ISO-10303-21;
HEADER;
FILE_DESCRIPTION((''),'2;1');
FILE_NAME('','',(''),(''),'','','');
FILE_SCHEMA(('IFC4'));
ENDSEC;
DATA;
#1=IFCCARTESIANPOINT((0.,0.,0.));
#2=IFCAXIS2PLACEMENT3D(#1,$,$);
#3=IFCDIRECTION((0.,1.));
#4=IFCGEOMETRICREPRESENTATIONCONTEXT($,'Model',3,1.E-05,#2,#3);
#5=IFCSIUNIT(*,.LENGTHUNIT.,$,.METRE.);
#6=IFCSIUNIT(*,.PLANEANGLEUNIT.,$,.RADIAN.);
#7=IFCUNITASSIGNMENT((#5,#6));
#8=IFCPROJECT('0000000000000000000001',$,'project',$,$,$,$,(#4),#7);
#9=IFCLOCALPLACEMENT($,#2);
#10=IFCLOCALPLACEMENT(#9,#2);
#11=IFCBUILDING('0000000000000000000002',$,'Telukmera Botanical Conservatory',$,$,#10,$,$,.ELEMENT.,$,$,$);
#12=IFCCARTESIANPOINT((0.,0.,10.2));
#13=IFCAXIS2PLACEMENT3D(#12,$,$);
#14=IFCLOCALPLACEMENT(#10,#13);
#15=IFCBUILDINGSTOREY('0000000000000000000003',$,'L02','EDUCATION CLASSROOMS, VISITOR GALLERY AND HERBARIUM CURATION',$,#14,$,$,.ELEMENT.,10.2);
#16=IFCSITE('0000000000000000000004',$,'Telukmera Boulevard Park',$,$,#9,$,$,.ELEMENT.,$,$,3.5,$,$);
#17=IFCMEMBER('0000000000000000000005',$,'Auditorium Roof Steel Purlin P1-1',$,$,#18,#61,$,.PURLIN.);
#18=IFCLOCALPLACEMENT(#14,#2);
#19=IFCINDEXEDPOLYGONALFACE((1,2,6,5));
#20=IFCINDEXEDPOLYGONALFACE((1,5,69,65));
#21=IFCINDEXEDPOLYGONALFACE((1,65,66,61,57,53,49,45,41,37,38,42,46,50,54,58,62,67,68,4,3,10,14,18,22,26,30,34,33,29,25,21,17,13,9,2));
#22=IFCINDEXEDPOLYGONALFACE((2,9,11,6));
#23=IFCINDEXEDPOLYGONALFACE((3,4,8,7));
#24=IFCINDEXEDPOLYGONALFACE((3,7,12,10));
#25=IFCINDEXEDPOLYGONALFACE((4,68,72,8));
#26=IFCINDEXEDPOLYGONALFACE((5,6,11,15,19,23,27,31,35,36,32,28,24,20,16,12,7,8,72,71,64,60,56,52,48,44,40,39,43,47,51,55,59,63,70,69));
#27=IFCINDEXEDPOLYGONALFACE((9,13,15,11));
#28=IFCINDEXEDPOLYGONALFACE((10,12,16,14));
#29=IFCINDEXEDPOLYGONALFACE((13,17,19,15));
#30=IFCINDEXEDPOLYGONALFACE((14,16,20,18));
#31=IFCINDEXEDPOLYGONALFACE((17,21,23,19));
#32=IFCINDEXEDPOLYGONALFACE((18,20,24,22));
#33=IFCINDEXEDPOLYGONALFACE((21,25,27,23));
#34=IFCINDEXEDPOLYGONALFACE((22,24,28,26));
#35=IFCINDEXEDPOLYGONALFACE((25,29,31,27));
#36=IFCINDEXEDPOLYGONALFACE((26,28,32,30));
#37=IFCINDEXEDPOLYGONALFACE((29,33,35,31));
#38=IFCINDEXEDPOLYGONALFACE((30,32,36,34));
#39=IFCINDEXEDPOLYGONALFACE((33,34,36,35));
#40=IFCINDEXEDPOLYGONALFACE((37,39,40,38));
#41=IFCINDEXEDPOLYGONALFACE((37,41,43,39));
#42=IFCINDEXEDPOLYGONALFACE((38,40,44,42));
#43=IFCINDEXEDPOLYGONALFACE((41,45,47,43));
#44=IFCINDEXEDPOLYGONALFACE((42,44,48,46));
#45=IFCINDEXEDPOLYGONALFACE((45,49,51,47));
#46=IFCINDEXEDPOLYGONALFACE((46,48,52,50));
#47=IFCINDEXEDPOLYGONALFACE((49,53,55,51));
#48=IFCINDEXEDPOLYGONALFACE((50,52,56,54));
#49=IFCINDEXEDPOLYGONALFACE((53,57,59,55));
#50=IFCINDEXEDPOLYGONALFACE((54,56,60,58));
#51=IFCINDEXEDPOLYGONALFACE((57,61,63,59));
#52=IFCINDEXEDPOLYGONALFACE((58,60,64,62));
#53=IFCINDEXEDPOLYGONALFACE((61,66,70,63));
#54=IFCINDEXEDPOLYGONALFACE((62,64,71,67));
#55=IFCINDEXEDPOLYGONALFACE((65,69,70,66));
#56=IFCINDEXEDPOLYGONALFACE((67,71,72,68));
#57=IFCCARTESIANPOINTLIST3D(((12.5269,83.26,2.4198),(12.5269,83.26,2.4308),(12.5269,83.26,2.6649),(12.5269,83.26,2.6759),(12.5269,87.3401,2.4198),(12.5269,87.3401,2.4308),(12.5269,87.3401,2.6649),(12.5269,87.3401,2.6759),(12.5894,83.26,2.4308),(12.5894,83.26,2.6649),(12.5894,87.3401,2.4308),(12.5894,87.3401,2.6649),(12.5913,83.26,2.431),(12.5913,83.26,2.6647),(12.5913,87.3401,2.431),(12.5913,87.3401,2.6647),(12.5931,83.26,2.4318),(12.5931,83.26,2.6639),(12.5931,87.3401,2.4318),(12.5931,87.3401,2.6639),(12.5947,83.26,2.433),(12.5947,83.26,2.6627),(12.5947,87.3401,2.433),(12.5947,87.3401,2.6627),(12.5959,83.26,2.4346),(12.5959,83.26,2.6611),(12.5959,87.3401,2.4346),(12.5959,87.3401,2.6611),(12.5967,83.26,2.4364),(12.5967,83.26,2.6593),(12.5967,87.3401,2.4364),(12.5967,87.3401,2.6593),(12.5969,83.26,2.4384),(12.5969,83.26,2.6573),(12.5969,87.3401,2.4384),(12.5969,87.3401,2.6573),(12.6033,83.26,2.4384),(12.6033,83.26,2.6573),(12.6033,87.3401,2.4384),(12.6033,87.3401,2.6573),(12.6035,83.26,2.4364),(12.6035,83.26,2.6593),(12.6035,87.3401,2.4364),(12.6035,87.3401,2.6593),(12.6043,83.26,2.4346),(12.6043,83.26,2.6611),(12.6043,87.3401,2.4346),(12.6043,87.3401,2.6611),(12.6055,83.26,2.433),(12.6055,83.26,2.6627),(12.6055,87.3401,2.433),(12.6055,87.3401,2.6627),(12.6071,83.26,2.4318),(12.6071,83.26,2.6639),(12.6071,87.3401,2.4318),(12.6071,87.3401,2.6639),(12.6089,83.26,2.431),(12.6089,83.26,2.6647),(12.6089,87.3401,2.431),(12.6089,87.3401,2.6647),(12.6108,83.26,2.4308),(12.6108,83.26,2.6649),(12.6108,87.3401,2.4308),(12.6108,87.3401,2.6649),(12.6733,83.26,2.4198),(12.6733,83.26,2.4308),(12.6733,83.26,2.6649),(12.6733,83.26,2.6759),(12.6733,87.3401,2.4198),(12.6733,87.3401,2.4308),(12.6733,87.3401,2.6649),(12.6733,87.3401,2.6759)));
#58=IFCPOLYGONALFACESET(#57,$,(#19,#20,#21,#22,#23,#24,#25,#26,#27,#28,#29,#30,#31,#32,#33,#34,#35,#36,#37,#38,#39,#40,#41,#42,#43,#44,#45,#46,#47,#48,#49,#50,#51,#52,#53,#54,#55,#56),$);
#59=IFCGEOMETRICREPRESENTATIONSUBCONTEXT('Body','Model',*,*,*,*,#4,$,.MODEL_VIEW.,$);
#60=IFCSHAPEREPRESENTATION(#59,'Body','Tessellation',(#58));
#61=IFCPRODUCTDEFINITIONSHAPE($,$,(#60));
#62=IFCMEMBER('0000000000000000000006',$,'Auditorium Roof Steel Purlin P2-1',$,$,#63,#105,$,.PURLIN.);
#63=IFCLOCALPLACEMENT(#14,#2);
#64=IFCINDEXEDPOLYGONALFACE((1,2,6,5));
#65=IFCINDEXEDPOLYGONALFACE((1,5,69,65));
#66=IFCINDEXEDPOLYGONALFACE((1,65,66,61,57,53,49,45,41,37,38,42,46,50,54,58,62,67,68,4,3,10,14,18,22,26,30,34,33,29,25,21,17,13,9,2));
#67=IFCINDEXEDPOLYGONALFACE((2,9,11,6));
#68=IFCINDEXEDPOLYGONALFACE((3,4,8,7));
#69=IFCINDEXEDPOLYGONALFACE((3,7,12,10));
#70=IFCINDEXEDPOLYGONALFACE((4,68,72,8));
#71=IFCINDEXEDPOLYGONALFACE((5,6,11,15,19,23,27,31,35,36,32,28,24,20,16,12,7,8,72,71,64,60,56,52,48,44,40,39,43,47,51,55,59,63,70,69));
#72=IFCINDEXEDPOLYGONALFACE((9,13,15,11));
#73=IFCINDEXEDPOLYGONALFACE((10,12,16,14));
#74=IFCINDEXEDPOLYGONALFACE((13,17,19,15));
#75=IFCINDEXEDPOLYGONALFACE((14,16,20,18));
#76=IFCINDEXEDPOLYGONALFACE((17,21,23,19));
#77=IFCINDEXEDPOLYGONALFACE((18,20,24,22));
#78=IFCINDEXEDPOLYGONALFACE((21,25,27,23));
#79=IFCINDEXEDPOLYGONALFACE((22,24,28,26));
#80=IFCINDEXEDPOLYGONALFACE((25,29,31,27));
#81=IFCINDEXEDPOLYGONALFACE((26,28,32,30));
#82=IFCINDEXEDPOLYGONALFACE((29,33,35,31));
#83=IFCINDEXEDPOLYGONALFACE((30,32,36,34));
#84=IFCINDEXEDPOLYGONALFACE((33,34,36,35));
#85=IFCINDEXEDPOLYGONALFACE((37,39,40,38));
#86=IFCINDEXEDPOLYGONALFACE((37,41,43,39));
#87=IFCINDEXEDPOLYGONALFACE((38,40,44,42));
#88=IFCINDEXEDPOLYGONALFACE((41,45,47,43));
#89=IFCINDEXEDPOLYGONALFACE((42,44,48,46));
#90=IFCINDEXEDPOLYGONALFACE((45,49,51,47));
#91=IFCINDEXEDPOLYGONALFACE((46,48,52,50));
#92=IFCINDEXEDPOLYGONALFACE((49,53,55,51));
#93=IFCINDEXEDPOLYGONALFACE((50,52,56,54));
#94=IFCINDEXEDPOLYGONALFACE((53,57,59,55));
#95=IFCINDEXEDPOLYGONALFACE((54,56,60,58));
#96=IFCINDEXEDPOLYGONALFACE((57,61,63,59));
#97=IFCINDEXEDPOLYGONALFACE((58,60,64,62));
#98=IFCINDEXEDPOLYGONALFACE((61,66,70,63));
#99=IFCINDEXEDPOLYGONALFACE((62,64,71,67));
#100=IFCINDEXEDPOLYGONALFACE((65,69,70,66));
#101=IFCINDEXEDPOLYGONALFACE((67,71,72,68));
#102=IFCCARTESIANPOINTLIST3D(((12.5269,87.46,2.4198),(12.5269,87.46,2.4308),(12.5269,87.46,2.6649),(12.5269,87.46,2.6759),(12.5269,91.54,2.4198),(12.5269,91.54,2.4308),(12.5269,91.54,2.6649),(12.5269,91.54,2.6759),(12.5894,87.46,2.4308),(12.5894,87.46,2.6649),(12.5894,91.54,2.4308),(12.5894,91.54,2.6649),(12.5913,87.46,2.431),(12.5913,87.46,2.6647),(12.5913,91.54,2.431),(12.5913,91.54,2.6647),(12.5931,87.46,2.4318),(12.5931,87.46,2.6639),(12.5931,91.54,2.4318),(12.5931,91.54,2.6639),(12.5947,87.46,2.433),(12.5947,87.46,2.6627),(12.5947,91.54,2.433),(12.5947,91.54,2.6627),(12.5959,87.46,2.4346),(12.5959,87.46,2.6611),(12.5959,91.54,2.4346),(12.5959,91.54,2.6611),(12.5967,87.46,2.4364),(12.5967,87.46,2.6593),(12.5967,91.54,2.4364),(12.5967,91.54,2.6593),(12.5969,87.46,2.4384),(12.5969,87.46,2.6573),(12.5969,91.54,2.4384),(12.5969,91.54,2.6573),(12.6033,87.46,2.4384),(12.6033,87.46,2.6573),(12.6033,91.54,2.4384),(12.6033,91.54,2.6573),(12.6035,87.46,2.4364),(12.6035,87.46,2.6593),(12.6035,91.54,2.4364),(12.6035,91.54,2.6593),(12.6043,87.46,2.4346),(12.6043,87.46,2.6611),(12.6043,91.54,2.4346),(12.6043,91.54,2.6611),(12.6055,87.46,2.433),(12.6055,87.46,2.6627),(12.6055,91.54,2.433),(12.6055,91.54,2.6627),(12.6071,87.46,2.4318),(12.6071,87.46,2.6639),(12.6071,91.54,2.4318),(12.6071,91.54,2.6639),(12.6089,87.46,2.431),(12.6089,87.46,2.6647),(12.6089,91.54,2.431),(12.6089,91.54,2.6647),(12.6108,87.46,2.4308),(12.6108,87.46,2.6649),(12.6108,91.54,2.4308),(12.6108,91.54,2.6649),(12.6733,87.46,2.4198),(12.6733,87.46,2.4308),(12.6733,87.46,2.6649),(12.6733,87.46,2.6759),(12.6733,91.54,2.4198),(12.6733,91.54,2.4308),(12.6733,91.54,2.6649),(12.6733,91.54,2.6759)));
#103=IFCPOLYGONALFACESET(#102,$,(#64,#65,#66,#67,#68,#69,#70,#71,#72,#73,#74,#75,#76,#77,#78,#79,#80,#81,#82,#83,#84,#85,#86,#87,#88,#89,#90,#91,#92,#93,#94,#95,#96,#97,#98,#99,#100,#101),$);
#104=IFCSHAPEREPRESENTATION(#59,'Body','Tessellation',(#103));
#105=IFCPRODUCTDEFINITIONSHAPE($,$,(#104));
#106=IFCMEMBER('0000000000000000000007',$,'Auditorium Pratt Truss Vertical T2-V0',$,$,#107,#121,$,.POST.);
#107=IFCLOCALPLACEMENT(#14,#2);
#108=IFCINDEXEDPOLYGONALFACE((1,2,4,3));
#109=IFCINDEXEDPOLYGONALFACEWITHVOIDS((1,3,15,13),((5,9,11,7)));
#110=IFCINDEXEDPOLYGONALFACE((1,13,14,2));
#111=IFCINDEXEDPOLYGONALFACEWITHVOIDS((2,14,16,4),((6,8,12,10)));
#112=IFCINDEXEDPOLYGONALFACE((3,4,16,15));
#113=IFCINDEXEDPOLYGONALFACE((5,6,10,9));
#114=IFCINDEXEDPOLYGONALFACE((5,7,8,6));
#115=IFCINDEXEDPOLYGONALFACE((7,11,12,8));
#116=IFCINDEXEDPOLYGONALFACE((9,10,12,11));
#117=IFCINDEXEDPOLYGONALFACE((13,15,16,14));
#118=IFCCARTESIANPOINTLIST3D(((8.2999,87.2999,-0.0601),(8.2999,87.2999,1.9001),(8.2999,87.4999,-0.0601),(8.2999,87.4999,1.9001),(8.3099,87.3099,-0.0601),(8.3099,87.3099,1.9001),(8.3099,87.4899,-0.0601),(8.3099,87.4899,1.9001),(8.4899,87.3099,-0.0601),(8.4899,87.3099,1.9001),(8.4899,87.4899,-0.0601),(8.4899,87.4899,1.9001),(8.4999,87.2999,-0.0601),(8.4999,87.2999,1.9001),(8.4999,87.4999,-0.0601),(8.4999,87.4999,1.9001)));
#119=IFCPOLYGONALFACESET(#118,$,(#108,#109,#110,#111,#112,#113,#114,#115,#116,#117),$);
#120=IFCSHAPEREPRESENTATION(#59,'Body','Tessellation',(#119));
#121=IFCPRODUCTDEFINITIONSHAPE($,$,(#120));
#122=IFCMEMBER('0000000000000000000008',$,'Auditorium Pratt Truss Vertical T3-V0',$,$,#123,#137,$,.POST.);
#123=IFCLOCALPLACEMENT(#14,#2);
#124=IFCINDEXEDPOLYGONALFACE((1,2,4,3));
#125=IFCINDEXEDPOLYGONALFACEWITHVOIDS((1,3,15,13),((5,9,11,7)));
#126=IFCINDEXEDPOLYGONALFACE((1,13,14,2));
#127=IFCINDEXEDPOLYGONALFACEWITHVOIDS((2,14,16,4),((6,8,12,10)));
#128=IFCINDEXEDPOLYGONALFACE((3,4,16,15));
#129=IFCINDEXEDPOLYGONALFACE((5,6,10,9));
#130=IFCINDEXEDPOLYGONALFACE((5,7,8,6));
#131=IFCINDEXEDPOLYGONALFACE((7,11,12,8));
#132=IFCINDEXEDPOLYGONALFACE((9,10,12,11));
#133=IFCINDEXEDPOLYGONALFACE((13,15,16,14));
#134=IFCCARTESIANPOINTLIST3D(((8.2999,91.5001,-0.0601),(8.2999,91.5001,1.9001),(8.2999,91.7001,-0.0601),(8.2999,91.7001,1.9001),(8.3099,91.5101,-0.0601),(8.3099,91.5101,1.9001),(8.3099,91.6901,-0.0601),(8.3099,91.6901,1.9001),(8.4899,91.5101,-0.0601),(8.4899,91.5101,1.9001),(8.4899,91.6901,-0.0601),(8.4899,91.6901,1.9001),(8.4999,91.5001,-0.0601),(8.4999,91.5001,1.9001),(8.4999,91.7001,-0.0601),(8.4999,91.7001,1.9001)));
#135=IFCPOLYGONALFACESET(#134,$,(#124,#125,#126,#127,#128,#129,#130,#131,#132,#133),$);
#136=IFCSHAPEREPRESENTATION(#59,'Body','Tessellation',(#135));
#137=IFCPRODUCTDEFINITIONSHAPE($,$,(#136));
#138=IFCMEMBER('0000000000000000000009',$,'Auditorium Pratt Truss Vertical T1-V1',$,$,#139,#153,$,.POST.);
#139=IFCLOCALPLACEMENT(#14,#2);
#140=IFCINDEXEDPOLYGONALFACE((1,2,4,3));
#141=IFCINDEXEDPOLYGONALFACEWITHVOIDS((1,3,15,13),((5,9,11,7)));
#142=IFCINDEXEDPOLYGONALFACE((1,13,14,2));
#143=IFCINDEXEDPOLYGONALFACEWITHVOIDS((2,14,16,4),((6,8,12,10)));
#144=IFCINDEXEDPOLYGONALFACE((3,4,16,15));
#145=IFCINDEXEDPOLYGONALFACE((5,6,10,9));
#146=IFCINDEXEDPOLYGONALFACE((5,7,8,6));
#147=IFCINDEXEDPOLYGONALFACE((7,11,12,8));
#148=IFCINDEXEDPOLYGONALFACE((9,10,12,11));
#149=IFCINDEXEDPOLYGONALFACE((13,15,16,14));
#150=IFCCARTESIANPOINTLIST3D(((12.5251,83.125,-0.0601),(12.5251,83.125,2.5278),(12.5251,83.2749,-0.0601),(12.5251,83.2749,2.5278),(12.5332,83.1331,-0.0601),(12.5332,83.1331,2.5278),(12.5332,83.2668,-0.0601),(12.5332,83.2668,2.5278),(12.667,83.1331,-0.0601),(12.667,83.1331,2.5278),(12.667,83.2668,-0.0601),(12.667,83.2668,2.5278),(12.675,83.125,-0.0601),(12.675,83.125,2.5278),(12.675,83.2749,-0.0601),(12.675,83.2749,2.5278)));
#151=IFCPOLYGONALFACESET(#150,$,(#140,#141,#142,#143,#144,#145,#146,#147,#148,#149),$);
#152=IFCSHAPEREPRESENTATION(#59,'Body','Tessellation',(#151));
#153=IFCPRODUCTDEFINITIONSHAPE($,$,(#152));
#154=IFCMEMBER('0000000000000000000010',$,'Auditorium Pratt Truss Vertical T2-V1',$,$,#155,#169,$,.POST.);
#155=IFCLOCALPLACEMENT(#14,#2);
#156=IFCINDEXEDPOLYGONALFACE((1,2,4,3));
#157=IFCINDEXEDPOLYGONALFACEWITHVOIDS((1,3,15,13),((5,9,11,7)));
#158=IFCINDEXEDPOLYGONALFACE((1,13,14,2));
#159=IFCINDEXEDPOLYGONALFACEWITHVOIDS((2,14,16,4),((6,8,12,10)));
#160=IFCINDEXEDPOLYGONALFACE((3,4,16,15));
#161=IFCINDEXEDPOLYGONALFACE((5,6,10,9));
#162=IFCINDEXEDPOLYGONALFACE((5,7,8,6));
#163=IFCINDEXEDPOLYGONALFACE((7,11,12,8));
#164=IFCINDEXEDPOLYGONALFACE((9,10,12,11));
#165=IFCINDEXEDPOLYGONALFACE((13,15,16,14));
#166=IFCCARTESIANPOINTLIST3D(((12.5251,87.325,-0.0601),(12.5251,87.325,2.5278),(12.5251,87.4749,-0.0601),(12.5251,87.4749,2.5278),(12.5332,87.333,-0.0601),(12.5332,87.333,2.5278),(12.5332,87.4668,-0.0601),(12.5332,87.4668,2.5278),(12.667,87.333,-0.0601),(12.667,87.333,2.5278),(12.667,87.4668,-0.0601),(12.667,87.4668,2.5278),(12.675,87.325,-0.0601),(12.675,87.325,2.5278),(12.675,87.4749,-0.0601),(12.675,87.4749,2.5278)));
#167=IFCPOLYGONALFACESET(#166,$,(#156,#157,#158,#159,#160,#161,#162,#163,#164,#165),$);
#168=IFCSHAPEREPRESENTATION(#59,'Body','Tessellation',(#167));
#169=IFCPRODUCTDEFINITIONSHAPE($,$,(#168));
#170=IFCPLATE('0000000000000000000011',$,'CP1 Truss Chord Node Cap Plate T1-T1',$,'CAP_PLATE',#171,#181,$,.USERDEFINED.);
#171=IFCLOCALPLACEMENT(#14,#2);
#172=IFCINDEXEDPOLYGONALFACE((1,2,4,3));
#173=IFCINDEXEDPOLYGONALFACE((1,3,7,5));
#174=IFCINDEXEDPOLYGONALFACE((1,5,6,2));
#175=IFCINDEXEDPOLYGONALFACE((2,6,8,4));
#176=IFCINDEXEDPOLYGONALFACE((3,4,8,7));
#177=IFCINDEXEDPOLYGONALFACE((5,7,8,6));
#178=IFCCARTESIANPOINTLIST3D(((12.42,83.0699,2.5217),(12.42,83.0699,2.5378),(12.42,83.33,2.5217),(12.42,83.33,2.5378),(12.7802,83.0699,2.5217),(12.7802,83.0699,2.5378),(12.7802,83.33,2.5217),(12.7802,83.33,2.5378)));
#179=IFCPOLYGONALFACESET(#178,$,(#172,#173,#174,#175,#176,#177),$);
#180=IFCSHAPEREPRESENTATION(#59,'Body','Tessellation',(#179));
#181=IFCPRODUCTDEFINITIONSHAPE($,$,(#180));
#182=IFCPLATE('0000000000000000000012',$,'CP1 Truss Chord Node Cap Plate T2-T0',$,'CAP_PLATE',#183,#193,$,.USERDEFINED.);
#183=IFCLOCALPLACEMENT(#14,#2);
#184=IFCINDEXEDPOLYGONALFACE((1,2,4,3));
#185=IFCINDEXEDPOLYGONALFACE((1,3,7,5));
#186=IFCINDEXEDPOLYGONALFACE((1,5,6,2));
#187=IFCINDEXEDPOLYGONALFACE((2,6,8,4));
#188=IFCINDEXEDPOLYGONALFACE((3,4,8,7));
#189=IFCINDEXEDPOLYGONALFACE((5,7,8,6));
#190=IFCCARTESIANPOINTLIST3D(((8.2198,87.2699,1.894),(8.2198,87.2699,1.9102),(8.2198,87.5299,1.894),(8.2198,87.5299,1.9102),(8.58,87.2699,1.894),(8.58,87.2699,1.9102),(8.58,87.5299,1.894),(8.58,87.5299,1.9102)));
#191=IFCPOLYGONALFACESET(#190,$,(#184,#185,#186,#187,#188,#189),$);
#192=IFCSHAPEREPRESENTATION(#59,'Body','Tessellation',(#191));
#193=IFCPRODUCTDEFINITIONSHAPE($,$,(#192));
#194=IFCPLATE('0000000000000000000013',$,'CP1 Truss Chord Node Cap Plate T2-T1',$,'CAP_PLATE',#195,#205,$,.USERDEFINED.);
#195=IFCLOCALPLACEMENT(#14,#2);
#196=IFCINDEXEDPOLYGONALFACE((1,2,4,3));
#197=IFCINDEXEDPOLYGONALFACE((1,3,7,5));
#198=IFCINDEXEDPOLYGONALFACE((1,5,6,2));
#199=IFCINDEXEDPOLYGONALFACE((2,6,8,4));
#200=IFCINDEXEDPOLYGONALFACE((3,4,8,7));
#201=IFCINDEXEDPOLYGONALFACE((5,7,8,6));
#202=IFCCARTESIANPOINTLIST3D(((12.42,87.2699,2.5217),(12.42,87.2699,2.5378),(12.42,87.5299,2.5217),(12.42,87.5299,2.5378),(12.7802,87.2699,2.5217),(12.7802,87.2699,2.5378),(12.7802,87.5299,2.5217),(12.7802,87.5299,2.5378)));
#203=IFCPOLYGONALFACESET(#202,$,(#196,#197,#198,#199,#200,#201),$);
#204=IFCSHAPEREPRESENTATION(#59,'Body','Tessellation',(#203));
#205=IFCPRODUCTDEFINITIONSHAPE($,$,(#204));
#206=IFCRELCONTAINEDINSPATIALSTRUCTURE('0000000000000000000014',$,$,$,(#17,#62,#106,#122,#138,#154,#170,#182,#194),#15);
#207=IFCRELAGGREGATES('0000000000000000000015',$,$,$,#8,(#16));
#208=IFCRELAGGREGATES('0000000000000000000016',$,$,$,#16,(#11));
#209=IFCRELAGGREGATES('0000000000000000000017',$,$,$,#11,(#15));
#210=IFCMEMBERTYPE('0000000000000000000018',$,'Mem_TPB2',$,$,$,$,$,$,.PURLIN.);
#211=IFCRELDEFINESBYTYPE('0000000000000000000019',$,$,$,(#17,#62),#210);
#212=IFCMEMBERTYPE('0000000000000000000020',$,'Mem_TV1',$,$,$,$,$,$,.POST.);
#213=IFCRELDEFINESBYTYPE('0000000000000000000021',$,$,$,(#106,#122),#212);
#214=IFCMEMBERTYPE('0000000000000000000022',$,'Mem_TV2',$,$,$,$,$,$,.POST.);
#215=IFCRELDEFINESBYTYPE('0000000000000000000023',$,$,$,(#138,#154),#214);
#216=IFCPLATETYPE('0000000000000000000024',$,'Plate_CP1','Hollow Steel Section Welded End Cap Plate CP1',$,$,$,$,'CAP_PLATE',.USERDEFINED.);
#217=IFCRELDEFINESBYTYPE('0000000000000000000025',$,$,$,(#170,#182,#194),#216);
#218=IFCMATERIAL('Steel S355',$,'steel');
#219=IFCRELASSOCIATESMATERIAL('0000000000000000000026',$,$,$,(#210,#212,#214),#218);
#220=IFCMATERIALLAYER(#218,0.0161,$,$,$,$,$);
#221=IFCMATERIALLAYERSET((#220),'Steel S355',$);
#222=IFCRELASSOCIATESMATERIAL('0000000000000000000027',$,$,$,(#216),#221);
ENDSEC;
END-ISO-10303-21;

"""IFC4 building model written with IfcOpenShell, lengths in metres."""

from ifc_helpers import new_model, si_unit, direction, frame, origin, origin_2d, place, context, subcontext, project, spatial, rectangle, hollow_rectangle, i_section, extrude, material, layer, layer_set, material_profile, profile_set, type_object, element, save


model = new_model("IFC4")

# Units and contexts
model_context = context("Model", 3, precision=1e-05, world=origin(), true_north=direction((0.0, 1.0)))
body_context = subcontext(model_context, "Body", "Model", "MODEL_VIEW")
ifc_project = project(units=[si_unit("LENGTHUNIT", "METRE"), si_unit("PLANEANGLEUNIT", "RADIAN")], contexts=[model_context])

# Site, building, storey
site_placement = place(None, origin())
site = spatial("IfcSite", under=ifc_project, at=site_placement, Name="Telukmera Boulevard Park", CompositionType="ELEMENT", RefElevation=3.5)
building_placement = place(site_placement, origin())
building = spatial("IfcBuilding", under=site, at=building_placement, Name="Telukmera Botanical Conservatory", CompositionType="ELEMENT")
storey_placement = place(building_placement, frame((0.0, 0.0, 10.2)))
storey = spatial("IfcBuildingStorey", under=building, at=storey_placement, Name="L02", Description="EDUCATION CLASSROOMS, VISITOR GALLERY AND HERBARIUM CURATION", CompositionType="ELEMENT", Elevation=10.2)

# Members
ifc_material_1 = material(Name="Steel S355", Category="steel")
ifc_material_profile_1 = material_profile(ifc_material_1, i_section(OverallWidth=0.1465, OverallDepth=0.2561, WebThickness=0.0063, FlangeThickness=0.011, FilletRadius=0.0076, at=origin_2d()), Name="UB 254x146x37")
ifc_profile_set_1 = profile_set([ifc_material_profile_1], Name="Steel S355")
member_type_1 = type_object("IfcMemberType", Name="Mem_TPB2", PredefinedType="PURLIN", material=ifc_profile_set_1)
for number, where, z_axis, x_axis, name in (
    (1, (12.6001, 83.26, 2.5479), (0.0, 1.0, 0.0), (-1.0, 0.0, 0.0), "Auditorium Roof Steel Purlin P1-1"),
    (2, (12.6001, 87.46, 2.5479), (0.0, 1.0, 0.0), (-1.0, 0.0, 0.0), "Auditorium Roof Steel Purlin P2-1"),
):
    element("IfcMember", number, at=place(storey_placement, frame(where, z_axis=z_axis, x_axis=x_axis)), inside=storey, type_object=member_type_1, Name=name, PredefinedType="PURLIN", context=body_context, shape_type="SweptSolid", body=[
        extrude(i_section(OverallWidth=0.1465, OverallDepth=0.2561, WebThickness=0.0063, FlangeThickness=0.011, FilletRadius=0.0076, at=origin_2d()), origin(), (0.0, 0.0, 1.0), 4.0801),
    ])
ifc_material_profile_2 = material_profile(ifc_material_1, hollow_rectangle(XDim=0.2, YDim=0.2, WallThickness=0.01, at=origin_2d()), Name="SHS 200x200x10.0")
ifc_profile_set_2 = profile_set([ifc_material_profile_2], Name="Steel S355")
member_type_2 = type_object("IfcMemberType", Name="Mem_TV1", PredefinedType="POST", material=ifc_profile_set_2)
for number, where, z_axis, x_axis, name in (
    (3, (8.3999, 87.3999, -0.0601), (0.0, 0.0, 1.0), (1.0, 0.0, 0.0), "Auditorium Pratt Truss Vertical T2-V0"),
    (4, (8.3999, 91.6001, -0.0601), (0.0, 0.0, 1.0), (1.0, 0.0, 0.0), "Auditorium Pratt Truss Vertical T3-V0"),
):
    element("IfcMember", number, at=place(storey_placement, frame(where, z_axis=z_axis, x_axis=x_axis)), inside=storey, type_object=member_type_2, Name=name, PredefinedType="POST", context=body_context, shape_type="SweptSolid", body=[
        extrude(hollow_rectangle(XDim=0.2, YDim=0.2, WallThickness=0.01, at=origin_2d()), origin(), (0.0, 0.0, 1.0), 1.9602),
    ])
ifc_material_profile_3 = material_profile(ifc_material_1, hollow_rectangle(XDim=0.1499, YDim=0.1499, WallThickness=0.0081, at=origin_2d()), Name="SHS 150x150x8.0")
ifc_profile_set_3 = profile_set([ifc_material_profile_3], Name="Steel S355")
member_type_3 = type_object("IfcMemberType", Name="Mem_TV2", PredefinedType="POST", material=ifc_profile_set_3)
for number, where, z_axis, x_axis, name in (
    (5, (12.6001, 83.2, -0.0601), (0.0, 0.0, 1.0), (1.0, 0.0, 0.0), "Auditorium Pratt Truss Vertical T1-V1"),
    (6, (12.6001, 87.3999, -0.0601), (0.0, 0.0, 1.0), (1.0, 0.0, 0.0), "Auditorium Pratt Truss Vertical T2-V1"),
):
    element("IfcMember", number, at=place(storey_placement, frame(where, z_axis=z_axis, x_axis=x_axis)), inside=storey, type_object=member_type_3, Name=name, PredefinedType="POST", context=body_context, shape_type="SweptSolid", body=[
        extrude(hollow_rectangle(XDim=0.1499, YDim=0.1499, WallThickness=0.0081, at=origin_2d()), origin(), (0.0, 0.0, 1.0), 2.5879),
    ])

# Plates
ifc_layer_1 = layer(ifc_material_1, 0.0161)
ifc_layer_set_1 = layer_set([ifc_layer_1], Name="Steel S355")
plate_type_1 = type_object("IfcPlateType", Name="Plate_CP1", Description="Hollow Steel Section Welded End Cap Plate CP1", ElementType="CAP_PLATE", PredefinedType="USERDEFINED", material=ifc_layer_set_1)
for number, where, z_axis, x_axis, name in (
    (7, (12.6001, 83.2, 2.5217), (0.0, 0.0, 1.0), (1.0, 0.0, 0.0), "CP1 Truss Chord Node Cap Plate T1-T1"),
    (8, (8.3999, 87.3999, 1.894), (0.0, 0.0, 1.0), (1.0, 0.0, 0.0), "CP1 Truss Chord Node Cap Plate T2-T0"),
    (9, (12.6001, 87.3999, 2.5217), (0.0, 0.0, 1.0), (1.0, 0.0, 0.0), "CP1 Truss Chord Node Cap Plate T2-T1"),
):
    element("IfcPlate", number, at=place(storey_placement, frame(where, z_axis=z_axis, x_axis=x_axis)), inside=storey, type_object=plate_type_1, Name=name, ObjectType="CAP_PLATE", PredefinedType="USERDEFINED", context=body_context, shape_type="SweptSolid", body=[
        extrude(rectangle(XDim=0.3601, YDim=0.26, at=origin_2d()), origin(), (0.0, 0.0, 1.0), 0.0161),
    ])

save(model, "model.ifc")
